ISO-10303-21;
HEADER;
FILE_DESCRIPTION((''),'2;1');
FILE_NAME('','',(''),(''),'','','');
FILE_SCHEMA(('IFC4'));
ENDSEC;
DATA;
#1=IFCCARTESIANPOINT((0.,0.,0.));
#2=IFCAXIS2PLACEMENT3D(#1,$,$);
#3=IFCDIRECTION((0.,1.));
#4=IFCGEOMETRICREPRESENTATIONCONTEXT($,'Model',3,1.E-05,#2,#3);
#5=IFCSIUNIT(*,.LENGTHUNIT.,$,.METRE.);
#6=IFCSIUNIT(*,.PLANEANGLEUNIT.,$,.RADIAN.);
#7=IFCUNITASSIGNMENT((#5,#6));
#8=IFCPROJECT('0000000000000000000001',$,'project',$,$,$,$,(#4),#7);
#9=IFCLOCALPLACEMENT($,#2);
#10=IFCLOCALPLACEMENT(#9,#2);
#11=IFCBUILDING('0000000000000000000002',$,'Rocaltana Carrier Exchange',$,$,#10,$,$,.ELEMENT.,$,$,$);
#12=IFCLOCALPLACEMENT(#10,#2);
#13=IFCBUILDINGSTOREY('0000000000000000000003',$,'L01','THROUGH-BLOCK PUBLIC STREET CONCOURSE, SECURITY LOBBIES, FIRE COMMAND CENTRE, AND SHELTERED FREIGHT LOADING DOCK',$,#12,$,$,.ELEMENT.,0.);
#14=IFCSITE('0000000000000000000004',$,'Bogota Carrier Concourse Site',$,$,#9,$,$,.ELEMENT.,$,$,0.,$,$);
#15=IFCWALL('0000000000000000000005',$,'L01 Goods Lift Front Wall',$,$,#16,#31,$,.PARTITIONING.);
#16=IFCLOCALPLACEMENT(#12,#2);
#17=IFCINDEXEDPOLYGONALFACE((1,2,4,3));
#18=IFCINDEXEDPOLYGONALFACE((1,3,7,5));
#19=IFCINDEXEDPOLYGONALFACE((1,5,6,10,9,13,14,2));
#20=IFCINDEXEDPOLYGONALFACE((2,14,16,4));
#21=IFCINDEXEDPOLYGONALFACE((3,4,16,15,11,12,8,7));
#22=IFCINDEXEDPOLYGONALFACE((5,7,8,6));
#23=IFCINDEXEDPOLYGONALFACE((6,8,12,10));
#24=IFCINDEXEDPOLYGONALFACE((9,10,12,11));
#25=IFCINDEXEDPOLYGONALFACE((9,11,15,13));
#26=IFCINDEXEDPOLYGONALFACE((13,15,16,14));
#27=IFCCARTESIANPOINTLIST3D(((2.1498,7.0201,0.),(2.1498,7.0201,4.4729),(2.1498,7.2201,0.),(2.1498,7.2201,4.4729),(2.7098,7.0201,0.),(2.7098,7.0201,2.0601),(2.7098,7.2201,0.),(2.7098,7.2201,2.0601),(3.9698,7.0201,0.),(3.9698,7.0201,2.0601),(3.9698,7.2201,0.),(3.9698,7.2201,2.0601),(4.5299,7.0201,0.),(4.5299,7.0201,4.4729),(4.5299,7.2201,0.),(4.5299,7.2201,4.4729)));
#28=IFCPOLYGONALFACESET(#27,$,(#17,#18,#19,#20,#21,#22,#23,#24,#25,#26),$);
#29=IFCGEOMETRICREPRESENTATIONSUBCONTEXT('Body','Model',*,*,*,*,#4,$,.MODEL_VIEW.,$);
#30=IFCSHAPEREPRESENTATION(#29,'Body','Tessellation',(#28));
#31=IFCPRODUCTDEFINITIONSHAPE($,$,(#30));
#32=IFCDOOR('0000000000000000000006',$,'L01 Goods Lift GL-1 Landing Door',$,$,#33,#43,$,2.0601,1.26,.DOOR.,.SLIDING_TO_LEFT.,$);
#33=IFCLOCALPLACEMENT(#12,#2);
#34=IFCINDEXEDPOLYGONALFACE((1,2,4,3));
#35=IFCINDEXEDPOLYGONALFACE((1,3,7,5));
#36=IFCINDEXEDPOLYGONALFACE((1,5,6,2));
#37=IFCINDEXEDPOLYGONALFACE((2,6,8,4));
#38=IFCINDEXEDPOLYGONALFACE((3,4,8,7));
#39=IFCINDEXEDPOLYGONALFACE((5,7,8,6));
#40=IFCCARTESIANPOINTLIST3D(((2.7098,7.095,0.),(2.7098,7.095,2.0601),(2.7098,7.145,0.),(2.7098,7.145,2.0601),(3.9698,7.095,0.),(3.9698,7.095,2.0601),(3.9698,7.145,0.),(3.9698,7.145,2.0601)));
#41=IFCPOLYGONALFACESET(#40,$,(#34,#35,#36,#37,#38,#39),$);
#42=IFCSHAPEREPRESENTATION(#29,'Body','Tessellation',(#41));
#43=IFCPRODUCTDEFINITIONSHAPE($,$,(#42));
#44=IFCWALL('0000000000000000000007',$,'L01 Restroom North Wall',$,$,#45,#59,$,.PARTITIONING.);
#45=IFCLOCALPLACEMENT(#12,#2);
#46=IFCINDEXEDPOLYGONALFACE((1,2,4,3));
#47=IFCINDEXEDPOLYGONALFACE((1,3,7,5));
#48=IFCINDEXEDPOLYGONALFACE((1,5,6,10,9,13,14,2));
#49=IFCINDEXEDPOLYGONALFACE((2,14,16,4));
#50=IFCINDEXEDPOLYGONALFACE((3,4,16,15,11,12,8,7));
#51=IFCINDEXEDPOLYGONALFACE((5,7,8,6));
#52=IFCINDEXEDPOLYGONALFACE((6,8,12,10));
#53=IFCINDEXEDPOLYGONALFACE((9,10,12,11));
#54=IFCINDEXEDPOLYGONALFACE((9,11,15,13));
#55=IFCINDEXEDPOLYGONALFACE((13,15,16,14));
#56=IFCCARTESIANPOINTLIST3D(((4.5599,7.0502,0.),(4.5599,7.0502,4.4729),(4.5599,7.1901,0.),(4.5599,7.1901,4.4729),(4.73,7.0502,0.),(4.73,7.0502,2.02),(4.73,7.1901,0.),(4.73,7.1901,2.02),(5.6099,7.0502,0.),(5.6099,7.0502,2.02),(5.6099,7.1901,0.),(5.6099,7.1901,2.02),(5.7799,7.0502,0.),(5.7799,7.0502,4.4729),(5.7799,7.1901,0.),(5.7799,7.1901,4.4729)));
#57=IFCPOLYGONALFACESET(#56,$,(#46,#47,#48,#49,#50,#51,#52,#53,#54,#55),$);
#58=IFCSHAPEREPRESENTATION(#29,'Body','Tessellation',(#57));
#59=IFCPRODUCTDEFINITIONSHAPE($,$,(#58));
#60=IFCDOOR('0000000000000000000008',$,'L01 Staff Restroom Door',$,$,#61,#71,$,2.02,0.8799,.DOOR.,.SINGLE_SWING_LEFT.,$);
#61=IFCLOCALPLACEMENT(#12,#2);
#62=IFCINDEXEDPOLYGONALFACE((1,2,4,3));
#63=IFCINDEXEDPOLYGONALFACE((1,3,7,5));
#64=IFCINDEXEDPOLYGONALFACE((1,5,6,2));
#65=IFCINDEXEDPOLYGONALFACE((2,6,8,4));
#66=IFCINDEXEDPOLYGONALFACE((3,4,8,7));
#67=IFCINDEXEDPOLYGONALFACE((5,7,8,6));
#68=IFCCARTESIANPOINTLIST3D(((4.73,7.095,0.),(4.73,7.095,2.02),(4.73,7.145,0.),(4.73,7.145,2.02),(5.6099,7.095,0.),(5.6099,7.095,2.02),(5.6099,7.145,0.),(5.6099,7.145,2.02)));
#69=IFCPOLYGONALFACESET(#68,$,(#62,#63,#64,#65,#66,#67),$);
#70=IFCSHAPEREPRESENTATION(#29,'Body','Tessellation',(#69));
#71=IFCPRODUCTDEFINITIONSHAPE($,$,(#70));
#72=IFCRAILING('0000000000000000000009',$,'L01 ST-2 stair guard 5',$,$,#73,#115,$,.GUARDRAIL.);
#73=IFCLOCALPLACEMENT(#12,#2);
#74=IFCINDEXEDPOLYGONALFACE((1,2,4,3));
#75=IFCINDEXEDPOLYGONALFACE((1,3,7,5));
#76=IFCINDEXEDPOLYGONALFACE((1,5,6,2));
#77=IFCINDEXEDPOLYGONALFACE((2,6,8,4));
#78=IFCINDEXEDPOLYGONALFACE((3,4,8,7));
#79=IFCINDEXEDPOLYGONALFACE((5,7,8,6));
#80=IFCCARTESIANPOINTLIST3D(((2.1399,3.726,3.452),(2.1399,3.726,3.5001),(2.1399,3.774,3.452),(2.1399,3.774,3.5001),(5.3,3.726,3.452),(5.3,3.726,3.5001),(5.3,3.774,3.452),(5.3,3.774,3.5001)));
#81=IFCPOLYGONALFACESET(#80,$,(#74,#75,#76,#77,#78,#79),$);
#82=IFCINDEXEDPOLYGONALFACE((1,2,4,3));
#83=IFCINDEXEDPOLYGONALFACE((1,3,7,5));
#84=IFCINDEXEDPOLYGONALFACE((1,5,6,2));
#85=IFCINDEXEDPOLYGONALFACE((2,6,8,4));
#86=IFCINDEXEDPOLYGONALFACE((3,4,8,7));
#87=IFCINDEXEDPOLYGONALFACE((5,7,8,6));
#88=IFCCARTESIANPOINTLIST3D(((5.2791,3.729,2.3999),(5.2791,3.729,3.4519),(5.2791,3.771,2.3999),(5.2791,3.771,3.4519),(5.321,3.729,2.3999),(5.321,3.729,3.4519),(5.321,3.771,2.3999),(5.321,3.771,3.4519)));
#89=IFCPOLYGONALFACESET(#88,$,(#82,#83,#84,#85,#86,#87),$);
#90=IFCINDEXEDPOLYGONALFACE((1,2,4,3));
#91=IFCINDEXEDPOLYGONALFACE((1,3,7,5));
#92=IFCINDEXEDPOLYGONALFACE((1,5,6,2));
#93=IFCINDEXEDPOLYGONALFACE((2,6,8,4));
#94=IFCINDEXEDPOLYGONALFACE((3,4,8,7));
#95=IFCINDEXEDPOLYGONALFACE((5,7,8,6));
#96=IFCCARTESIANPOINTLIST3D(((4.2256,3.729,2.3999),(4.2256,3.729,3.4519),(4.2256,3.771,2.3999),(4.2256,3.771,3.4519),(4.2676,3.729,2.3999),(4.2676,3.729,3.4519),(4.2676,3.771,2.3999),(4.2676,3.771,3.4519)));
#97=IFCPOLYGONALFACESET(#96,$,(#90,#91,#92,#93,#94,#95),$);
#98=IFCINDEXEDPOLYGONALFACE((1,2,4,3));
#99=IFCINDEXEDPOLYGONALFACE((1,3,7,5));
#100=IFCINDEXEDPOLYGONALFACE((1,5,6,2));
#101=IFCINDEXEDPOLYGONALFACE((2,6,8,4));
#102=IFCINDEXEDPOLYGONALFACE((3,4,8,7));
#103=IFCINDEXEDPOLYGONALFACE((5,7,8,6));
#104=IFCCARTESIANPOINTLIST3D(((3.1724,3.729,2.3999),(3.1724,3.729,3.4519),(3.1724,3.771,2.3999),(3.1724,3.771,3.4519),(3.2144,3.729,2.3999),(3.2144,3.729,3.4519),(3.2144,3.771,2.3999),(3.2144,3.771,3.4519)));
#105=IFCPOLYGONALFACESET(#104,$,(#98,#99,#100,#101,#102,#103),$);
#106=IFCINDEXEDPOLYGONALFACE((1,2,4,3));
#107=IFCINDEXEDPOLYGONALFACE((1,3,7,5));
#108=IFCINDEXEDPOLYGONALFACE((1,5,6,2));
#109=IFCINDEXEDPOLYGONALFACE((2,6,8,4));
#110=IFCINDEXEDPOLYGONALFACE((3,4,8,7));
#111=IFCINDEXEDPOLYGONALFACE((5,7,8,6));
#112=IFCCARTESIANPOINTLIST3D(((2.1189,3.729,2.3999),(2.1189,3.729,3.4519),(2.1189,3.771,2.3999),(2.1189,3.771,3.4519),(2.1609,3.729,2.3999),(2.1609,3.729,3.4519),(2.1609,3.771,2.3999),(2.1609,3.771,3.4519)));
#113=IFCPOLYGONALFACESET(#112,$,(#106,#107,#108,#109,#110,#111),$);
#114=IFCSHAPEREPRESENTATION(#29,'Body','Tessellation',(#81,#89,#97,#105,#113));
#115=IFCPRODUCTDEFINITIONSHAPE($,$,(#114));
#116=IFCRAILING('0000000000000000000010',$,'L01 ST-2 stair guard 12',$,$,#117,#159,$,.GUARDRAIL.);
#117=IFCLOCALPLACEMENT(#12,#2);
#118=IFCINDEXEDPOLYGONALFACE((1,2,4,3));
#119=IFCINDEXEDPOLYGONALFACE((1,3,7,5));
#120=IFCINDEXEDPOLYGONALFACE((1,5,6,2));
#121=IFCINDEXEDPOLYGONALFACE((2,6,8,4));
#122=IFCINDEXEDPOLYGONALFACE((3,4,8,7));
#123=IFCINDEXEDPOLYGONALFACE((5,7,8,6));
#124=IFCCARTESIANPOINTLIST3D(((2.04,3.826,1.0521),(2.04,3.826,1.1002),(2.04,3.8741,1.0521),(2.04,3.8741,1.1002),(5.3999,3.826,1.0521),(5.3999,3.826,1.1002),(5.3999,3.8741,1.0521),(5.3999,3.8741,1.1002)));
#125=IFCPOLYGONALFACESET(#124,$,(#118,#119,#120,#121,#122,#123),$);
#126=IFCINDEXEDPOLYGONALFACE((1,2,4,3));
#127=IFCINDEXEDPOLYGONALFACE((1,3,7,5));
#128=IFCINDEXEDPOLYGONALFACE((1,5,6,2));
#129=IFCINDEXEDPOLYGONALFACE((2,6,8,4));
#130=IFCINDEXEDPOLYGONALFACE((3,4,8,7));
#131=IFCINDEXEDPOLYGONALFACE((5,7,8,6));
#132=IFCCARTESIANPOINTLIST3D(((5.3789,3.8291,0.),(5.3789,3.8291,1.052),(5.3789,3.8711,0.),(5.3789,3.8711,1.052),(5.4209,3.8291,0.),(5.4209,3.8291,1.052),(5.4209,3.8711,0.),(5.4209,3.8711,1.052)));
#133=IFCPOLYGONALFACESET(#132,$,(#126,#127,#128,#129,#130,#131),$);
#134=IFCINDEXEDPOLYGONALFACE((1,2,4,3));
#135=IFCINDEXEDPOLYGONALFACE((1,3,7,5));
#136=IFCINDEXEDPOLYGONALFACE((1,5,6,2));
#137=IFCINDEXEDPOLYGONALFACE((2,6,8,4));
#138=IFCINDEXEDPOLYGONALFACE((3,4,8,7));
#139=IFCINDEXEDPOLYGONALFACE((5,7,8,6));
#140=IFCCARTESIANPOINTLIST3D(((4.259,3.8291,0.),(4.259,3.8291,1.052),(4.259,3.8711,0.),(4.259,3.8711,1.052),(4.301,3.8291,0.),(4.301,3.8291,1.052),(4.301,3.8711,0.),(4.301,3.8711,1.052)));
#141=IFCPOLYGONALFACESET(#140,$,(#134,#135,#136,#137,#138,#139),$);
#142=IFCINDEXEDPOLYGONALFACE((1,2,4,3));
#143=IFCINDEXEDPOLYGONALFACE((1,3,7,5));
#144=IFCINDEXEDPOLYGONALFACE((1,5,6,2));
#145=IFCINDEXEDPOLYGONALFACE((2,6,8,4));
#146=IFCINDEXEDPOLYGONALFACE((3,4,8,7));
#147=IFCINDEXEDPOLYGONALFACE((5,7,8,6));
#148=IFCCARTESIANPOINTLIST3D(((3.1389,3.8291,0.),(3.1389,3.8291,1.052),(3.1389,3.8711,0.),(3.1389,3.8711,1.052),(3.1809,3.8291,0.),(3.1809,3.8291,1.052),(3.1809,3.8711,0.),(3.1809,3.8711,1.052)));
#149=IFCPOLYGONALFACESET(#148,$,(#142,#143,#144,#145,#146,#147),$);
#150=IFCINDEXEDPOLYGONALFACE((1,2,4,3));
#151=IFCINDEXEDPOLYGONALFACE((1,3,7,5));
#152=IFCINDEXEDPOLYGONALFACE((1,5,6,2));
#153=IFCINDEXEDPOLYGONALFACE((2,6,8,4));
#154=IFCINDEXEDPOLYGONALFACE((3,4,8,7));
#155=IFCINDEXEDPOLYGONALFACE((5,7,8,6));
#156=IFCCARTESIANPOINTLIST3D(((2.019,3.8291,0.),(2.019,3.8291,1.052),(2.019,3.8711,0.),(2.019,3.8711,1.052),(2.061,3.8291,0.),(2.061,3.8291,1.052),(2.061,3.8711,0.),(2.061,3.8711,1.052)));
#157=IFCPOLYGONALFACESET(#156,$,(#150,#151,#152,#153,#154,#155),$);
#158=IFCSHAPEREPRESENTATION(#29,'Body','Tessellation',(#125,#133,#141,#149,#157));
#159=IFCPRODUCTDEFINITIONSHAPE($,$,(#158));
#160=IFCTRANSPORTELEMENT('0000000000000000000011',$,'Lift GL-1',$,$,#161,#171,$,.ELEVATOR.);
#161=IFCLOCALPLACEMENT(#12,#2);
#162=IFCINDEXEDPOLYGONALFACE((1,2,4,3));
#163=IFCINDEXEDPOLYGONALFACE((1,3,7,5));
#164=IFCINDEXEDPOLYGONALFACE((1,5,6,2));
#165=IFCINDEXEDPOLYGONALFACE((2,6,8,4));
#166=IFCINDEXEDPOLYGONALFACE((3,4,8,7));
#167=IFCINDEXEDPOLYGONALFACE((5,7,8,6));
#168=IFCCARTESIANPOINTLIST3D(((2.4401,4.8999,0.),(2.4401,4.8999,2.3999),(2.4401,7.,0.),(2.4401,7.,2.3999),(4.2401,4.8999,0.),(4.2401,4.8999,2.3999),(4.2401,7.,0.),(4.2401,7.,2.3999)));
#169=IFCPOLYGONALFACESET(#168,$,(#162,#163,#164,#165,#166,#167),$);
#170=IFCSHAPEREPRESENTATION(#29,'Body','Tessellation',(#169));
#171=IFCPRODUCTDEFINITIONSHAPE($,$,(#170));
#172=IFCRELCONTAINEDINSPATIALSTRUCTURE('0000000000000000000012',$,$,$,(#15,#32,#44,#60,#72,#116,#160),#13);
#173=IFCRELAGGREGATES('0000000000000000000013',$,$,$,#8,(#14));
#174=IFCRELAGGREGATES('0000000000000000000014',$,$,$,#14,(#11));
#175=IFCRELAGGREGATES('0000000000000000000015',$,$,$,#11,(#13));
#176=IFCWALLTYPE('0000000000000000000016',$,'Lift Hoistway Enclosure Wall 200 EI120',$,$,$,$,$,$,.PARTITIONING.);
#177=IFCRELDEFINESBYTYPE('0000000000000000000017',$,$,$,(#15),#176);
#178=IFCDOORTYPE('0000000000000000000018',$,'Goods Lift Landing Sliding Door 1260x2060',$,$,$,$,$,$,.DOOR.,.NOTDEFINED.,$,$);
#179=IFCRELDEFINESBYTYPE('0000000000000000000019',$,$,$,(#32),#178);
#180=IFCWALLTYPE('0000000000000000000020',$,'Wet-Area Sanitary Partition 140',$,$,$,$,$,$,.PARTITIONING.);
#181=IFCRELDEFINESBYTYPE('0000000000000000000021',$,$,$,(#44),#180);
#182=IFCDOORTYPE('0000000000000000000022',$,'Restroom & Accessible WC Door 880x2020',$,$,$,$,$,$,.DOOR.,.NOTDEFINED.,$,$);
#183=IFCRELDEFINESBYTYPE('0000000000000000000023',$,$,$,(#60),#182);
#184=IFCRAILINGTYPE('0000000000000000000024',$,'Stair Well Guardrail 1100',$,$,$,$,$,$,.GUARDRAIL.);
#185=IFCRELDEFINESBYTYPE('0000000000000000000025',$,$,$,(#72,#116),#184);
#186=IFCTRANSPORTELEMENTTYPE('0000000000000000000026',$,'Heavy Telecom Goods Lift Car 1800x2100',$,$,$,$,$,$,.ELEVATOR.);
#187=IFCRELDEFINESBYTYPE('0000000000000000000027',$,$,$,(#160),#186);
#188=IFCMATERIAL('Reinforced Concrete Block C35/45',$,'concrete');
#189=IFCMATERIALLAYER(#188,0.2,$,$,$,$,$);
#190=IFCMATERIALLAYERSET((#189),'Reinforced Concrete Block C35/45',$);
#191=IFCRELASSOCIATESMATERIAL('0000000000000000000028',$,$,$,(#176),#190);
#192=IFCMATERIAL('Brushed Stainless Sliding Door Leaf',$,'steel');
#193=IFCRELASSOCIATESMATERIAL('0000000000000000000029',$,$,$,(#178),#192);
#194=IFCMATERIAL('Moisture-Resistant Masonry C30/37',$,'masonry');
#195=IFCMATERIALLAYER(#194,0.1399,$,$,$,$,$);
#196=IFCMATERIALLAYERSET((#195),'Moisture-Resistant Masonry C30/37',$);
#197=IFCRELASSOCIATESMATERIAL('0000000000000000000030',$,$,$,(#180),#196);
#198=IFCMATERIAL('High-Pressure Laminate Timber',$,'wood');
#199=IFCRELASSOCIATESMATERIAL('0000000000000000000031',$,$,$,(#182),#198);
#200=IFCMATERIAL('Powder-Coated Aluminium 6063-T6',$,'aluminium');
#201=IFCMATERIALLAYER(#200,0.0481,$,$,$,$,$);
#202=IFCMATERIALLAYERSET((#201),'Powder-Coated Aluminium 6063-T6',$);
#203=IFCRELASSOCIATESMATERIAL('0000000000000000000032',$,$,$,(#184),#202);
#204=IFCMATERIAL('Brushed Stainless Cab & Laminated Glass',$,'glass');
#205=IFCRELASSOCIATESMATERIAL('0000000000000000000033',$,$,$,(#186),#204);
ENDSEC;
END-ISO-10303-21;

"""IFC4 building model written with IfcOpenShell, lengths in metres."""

from ifc_helpers import new_model, si_unit, direction, frame, frame_2d, origin, origin_2d, place, context, subcontext, project, spatial, rectangle, extrude, material, layer, layer_set, type_object, element, fill, save


model = new_model("IFC4")

# Units and contexts
model_context = context("Model", 3, precision=1e-05, world=origin(), true_north=direction((0.0, 1.0)))
body_context = subcontext(model_context, "Body", "Model", "MODEL_VIEW")
ifc_project = project(units=[si_unit("LENGTHUNIT", "METRE"), si_unit("PLANEANGLEUNIT", "RADIAN")], contexts=[model_context])

# Site, building, storey
site_placement = place(None, origin())
site = spatial("IfcSite", under=ifc_project, at=site_placement, Name="Bogota Carrier Concourse Site", CompositionType="ELEMENT", RefElevation=0.0)
building_placement = place(site_placement, origin())
building = spatial("IfcBuilding", under=site, at=building_placement, Name="Rocaltana Carrier Exchange", CompositionType="ELEMENT")
storey_placement = place(building_placement, origin())
storey = spatial("IfcBuildingStorey", under=building, at=storey_placement, Name="L01", Description="THROUGH-BLOCK PUBLIC STREET CONCOURSE, SECURITY LOBBIES, FIRE COMMAND CENTRE, AND SHELTERED FREIGHT LOADING DOCK", CompositionType="ELEMENT", Elevation=0.0)

# Shared definitions
ifc_material_1 = material(Name="Reinforced Concrete Block C35/45", Category="concrete")
ifc_layer_1 = layer(ifc_material_1, 0.2)
ifc_layer_set_1 = layer_set([ifc_layer_1], Name="Reinforced Concrete Block C35/45")
wall_type_1 = type_object("IfcWallType", Name="Lift Hoistway Enclosure Wall 200 EI120", PredefinedType="PARTITIONING", material=ifc_layer_set_1)

# Walls, openings, doors
wall_1_placement = place(storey_placement, frame((2.1499, 7.1201, 0.0), z_axis=(0.0, 0.0, 1.0), x_axis=(1.0, 0.0, 0.0)))
wall_1 = element("IfcWall", 1, at=wall_1_placement, inside=storey, type_object=wall_type_1, Name="L01 Goods Lift Front Wall", PredefinedType="PARTITIONING", context=body_context, shape_type="SweptSolid", body=[
    extrude(rectangle(XDim=2.3801, YDim=0.2, at=frame_2d((1.1899, 0.0))), origin(), (0.0, 0.0, 1.0), 4.4729),
])
opening_1_placement = place(wall_1_placement, frame((0.5601, 0.0, 0.0)))
opening_1 = element("IfcOpeningElement", 2, at=opening_1_placement, cuts=wall_1, PredefinedType="OPENING", context=body_context, shape_type="SweptSolid", body=[
    extrude(rectangle(XDim=1.26, YDim=2.0601, at=frame_2d((0.6299, 1.03))), frame((0.0, 0.1099, 0.0), z_axis=(0.0, -1.0, 0.0), x_axis=(1.0, 0.0, 0.0)), (0.0, 0.0, 1.0), 0.22),
])
ifc_material_2 = material(Name="Brushed Stainless Sliding Door Leaf", Category="steel")
door_type_1 = type_object("IfcDoorType", Name="Goods Lift Landing Sliding Door 1260x2060", OperationType="NOTDEFINED", PredefinedType="DOOR", material=ifc_material_2)
door_1_placement = place(opening_1_placement, origin())
door_1 = element("IfcDoor", 3, at=door_1_placement, inside=storey, type_object=door_type_1, Name="L01 Goods Lift GL-1 Landing Door", OperationType="SLIDING_TO_LEFT", OverallHeight=2.0601, OverallWidth=1.26, PredefinedType="DOOR", context=body_context, shape_type="SweptSolid", body=[
    extrude(rectangle(XDim=1.26, YDim=2.0601, at=frame_2d((0.6299, 1.03))), frame((0.0, 0.0249, 0.0), z_axis=(0.0, -1.0, 0.0), x_axis=(1.0, 0.0, 0.0)), (0.0, 0.0, 1.0), 0.05),
])
fill(opening_1, door_1)
ifc_material_3 = material(Name="Moisture-Resistant Masonry C30/37", Category="masonry")
ifc_layer_2 = layer(ifc_material_3, 0.1399)
ifc_layer_set_2 = layer_set([ifc_layer_2], Name="Moisture-Resistant Masonry C30/37")
wall_type_2 = type_object("IfcWallType", Name="Wet-Area Sanitary Partition 140", PredefinedType="PARTITIONING", material=ifc_layer_set_2)
wall_2_placement = place(storey_placement, frame((4.5601, 7.1201, 0.0), z_axis=(0.0, 0.0, 1.0), x_axis=(1.0, 0.0, 0.0)))
wall_2 = element("IfcWall", 4, at=wall_2_placement, inside=storey, type_object=wall_type_2, Name="L01 Restroom North Wall", PredefinedType="PARTITIONING", context=body_context, shape_type="SweptSolid", body=[
    extrude(rectangle(XDim=1.22, YDim=0.1399, at=frame_2d((0.6099, 0.0))), origin(), (0.0, 0.0, 1.0), 4.4729),
])
opening_2_placement = place(wall_2_placement, frame((0.1699, 0.0, 0.0)))
opening_2 = element("IfcOpeningElement", 5, at=opening_2_placement, cuts=wall_2, PredefinedType="OPENING", context=body_context, shape_type="SweptSolid", body=[
    extrude(rectangle(XDim=0.8799, YDim=2.02, at=frame_2d((0.4399, 1.01))), frame((0.0, 0.0798, 0.0), z_axis=(0.0, -1.0, 0.0), x_axis=(1.0, 0.0, 0.0)), (0.0, 0.0, 1.0), 0.1599),
])
ifc_material_4 = material(Name="High-Pressure Laminate Timber", Category="wood")
door_type_2 = type_object("IfcDoorType", Name="Restroom & Accessible WC Door 880x2020", OperationType="NOTDEFINED", PredefinedType="DOOR", material=ifc_material_4)
door_2_placement = place(opening_2_placement, origin())
door_2 = element("IfcDoor", 6, at=door_2_placement, inside=storey, type_object=door_type_2, Name="L01 Staff Restroom Door", OperationType="SINGLE_SWING_LEFT", OverallHeight=2.02, OverallWidth=0.8799, PredefinedType="DOOR", context=body_context, shape_type="SweptSolid", body=[
    extrude(rectangle(XDim=0.8799, YDim=2.02, at=frame_2d((0.4399, 1.01))), frame((0.0, 0.0249, 0.0), z_axis=(0.0, -1.0, 0.0), x_axis=(1.0, 0.0, 0.0)), (0.0, 0.0, 1.0), 0.05),
])
fill(opening_2, door_2)

# Railings
ifc_material_5 = material(Name="Powder-Coated Aluminium 6063-T6", Category="aluminium")
ifc_layer_3 = layer(ifc_material_5, 0.0481)
ifc_layer_set_3 = layer_set([ifc_layer_3], Name="Powder-Coated Aluminium 6063-T6")
railing_type = type_object("IfcRailingType", Name="Stair Well Guardrail 1100", PredefinedType="GUARDRAIL", material=ifc_layer_set_3)
railing_1_placement = place(storey_placement, frame((5.3, 3.75, 2.3999)))
element("IfcRailing", 7, at=railing_1_placement, inside=storey, type_object=railing_type, Name="L01 ST-2 stair guard 5", PredefinedType="GUARDRAIL", context=body_context, shape_type="SweptSolid", body=[
    extrude(rectangle(XDim=0.0481, YDim=0.0481, at=origin_2d()), frame((0.0, 0.0, 1.0762), z_axis=(-1.0, 0.0, 0.0), x_axis=(0.0, -1.0, 0.0)), (0.0, 0.0, 1.0), 3.1602),
    extrude(rectangle(XDim=0.042, YDim=0.042, at=origin_2d()), origin(), (0.0, 0.0, 1.0), 1.052),
    extrude(rectangle(XDim=0.042, YDim=0.042, at=origin_2d()), frame((-1.0535, 0.0, 0.0)), (0.0, 0.0, 1.0), 1.052),
    extrude(rectangle(XDim=0.042, YDim=0.042, at=origin_2d()), frame((-2.1067, 0.0, 0.0)), (0.0, 0.0, 1.0), 1.052),
    extrude(rectangle(XDim=0.042, YDim=0.042, at=origin_2d()), frame((-3.1602, 0.0, 0.0)), (0.0, 0.0, 1.0), 1.052),
])
railing_2_placement = place(storey_placement, frame((5.3999, 3.8501, 0.0)))
element("IfcRailing", 8, at=railing_2_placement, inside=storey, type_object=railing_type, Name="L01 ST-2 stair guard 12", PredefinedType="GUARDRAIL", context=body_context, shape_type="SweptSolid", body=[
    extrude(rectangle(XDim=0.0481, YDim=0.0481, at=origin_2d()), frame((0.0, 0.0, 1.0762), z_axis=(-1.0, 0.0, 0.0), x_axis=(0.0, -1.0, 0.0)), (0.0, 0.0, 1.0), 3.3599),
    extrude(rectangle(XDim=0.042, YDim=0.042, at=origin_2d()), origin(), (0.0, 0.0, 1.0), 1.052),
    extrude(rectangle(XDim=0.042, YDim=0.042, at=origin_2d()), frame((-1.1199, 0.0, 0.0)), (0.0, 0.0, 1.0), 1.052),
    extrude(rectangle(XDim=0.042, YDim=0.042, at=origin_2d()), frame((-2.24, 0.0, 0.0)), (0.0, 0.0, 1.0), 1.052),
    extrude(rectangle(XDim=0.042, YDim=0.042, at=origin_2d()), frame((-3.3599, 0.0, 0.0)), (0.0, 0.0, 1.0), 1.052),
])

# Transport element
ifc_material_6 = material(Name="Brushed Stainless Cab & Laminated Glass", Category="glass")
transport_element_type = type_object("IfcTransportElementType", Name="Heavy Telecom Goods Lift Car 1800x2100", PredefinedType="ELEVATOR", material=ifc_material_6)
transport_element_placement = place(storey_placement, frame((3.3401, 5.95, 0.0), z_axis=(0.0, 0.0, 1.0), x_axis=(1.0, 0.0, 0.0)))
element("IfcTransportElement", 9, at=transport_element_placement, inside=storey, type_object=transport_element_type, Name="Lift GL-1", PredefinedType="ELEVATOR", context=body_context, shape_type="SweptSolid", body=[
    extrude(rectangle(XDim=1.8, YDim=2.1001, at=origin_2d()), origin(), (0.0, 0.0, 1.0), 2.3999),
])

save(model, "model.ifc")
